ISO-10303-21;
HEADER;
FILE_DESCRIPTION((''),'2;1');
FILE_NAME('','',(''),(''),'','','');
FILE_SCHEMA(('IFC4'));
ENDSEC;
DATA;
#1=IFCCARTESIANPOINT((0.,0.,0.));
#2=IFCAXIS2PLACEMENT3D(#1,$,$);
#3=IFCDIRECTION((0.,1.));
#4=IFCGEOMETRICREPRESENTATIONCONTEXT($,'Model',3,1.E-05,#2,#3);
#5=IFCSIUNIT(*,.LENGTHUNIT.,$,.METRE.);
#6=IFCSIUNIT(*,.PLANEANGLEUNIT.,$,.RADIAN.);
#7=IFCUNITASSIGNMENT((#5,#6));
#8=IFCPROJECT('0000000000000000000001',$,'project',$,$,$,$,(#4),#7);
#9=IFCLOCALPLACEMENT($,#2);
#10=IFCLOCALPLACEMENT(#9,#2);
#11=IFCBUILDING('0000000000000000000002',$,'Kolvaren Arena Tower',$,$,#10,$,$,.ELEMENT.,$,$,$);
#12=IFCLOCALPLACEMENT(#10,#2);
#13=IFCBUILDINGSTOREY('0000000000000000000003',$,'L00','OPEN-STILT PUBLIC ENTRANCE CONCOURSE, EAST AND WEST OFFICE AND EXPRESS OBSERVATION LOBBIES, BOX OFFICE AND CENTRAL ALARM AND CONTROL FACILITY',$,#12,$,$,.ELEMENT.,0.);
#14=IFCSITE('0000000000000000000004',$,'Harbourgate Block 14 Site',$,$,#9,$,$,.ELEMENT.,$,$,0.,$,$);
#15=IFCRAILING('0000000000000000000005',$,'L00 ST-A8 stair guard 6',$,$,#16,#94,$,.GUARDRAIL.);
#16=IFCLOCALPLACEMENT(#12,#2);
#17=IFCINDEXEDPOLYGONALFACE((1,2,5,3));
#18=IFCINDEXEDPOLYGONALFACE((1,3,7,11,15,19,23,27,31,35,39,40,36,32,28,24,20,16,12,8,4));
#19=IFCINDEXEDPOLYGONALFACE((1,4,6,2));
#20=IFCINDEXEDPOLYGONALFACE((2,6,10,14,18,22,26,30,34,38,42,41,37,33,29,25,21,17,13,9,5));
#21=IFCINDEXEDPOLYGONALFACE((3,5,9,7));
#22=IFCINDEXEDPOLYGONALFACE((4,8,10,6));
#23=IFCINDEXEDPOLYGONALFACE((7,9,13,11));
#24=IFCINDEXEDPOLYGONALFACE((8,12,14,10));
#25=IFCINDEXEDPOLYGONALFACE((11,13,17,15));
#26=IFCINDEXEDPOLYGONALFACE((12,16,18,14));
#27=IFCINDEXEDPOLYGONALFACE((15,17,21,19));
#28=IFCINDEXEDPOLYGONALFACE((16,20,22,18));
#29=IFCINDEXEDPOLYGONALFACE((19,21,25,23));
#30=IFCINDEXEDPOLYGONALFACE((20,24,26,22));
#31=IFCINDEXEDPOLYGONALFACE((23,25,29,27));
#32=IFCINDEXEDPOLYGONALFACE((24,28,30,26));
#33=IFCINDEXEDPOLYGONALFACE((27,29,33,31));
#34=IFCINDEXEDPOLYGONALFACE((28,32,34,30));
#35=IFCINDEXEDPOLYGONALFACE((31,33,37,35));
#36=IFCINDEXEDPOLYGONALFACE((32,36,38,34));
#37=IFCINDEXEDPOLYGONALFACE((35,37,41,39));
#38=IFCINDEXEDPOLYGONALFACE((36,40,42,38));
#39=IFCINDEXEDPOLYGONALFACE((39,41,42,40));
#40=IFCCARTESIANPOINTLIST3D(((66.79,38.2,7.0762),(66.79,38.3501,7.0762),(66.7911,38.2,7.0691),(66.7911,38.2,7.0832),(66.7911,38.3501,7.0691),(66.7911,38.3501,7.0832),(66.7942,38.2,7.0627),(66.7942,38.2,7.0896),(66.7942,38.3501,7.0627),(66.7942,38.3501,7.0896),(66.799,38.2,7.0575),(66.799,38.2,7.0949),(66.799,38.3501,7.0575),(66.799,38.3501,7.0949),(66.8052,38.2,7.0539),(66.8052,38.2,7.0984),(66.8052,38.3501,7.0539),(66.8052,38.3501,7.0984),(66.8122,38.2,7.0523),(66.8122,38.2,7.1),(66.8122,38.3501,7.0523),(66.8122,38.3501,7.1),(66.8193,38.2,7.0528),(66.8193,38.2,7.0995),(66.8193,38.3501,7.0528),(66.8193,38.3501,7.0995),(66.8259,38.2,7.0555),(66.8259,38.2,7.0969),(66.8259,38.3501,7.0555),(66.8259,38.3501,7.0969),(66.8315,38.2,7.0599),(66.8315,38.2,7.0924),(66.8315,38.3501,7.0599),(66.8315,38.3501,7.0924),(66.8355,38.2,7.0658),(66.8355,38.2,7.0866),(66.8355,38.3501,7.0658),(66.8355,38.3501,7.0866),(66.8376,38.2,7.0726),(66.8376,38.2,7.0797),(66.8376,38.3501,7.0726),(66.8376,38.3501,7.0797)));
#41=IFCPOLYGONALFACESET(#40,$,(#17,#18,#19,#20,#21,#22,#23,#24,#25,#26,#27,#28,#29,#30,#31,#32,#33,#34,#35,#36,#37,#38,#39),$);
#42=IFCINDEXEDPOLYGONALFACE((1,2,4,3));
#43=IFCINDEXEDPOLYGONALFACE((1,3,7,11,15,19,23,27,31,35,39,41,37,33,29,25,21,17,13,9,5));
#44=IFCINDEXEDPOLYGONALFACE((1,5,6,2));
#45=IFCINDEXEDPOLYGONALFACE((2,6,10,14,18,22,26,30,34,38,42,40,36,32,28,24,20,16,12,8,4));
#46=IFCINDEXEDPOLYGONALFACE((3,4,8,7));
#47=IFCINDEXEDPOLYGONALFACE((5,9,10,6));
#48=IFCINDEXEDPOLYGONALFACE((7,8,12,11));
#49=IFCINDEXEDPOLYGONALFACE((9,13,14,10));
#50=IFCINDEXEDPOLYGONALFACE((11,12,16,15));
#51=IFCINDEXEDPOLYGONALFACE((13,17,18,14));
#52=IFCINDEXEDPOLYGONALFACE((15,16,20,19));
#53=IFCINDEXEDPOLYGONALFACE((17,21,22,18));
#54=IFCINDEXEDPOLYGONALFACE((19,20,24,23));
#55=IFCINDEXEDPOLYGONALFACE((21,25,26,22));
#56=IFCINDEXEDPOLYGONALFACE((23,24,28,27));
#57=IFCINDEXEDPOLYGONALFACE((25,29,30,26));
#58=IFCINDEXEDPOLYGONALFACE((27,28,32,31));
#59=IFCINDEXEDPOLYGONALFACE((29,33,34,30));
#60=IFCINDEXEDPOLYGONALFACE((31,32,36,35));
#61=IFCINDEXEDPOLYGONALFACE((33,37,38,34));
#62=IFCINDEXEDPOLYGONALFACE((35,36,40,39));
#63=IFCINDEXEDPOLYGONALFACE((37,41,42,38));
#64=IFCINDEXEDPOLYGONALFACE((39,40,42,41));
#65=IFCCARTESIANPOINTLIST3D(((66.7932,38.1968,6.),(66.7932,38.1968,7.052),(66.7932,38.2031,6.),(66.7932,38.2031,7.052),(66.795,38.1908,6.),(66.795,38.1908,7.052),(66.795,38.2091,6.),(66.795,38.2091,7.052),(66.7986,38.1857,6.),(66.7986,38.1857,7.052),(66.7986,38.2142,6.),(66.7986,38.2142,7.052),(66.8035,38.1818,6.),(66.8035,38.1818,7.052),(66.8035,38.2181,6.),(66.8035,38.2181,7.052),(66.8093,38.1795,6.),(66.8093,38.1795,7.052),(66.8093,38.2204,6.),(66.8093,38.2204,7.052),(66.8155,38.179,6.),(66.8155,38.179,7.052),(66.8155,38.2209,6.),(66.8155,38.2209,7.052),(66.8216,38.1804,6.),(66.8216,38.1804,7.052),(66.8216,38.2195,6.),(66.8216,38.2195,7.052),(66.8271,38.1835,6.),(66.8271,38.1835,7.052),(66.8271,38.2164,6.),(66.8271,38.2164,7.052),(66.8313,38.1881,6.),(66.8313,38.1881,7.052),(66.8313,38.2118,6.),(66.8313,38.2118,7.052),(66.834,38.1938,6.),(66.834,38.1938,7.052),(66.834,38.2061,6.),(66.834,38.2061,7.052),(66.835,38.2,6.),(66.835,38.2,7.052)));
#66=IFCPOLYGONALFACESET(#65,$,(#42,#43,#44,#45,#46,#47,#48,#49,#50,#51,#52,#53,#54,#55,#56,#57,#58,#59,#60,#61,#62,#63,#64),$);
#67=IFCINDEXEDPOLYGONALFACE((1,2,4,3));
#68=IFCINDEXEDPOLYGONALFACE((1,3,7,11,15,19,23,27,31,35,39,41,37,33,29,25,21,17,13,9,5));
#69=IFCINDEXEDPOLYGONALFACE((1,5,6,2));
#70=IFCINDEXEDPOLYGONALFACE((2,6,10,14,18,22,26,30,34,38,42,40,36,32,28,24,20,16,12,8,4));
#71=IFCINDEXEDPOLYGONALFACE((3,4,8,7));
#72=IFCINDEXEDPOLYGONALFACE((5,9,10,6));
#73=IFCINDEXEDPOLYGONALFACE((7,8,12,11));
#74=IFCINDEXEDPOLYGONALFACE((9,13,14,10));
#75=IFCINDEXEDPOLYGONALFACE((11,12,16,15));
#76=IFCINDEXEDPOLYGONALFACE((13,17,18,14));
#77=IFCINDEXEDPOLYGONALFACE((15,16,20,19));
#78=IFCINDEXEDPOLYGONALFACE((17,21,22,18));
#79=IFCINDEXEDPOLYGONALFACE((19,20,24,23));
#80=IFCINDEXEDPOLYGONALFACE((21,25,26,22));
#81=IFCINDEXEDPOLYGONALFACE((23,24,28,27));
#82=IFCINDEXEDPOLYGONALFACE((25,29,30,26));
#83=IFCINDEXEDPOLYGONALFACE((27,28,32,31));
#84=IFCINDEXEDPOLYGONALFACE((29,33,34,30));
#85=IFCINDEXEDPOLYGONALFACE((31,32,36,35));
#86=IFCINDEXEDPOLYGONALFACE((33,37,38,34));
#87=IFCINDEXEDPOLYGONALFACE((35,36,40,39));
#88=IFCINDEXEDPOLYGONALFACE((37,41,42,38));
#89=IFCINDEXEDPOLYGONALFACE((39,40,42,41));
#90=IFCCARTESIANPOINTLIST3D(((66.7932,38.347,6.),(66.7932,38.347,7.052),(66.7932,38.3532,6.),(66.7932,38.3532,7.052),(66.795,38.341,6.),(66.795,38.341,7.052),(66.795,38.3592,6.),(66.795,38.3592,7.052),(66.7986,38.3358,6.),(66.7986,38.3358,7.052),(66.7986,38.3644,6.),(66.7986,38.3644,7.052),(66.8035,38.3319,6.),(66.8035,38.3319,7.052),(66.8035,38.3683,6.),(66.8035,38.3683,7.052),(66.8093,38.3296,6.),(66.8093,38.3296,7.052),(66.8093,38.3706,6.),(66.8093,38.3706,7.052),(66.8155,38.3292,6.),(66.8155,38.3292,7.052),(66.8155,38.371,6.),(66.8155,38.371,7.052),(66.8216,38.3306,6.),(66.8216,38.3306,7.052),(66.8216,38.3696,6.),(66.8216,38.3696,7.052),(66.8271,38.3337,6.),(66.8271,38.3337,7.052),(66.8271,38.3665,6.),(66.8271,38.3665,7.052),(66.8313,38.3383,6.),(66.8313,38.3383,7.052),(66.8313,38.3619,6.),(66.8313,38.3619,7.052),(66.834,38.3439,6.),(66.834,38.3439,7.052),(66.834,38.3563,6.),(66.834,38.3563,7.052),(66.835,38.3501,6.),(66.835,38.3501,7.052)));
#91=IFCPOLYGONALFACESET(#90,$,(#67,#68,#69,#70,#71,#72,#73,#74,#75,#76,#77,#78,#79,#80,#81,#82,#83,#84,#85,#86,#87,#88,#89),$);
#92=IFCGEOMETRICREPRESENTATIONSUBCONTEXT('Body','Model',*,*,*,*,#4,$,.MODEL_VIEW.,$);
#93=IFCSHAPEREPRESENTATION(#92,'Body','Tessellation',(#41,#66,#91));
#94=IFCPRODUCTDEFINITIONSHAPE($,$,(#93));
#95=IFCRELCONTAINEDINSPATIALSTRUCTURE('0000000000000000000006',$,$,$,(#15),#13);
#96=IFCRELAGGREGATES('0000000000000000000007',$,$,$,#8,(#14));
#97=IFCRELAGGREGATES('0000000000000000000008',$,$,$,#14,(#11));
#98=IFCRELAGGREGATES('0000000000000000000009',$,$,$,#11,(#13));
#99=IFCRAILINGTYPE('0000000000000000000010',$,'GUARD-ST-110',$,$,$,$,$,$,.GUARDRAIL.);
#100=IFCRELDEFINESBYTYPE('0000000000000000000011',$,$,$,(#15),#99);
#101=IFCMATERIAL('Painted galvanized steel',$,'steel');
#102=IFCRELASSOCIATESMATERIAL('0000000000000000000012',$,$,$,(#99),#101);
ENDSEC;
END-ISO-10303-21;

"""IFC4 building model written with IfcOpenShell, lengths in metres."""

from ifc_helpers import new_model, si_unit, direction, frame, origin, origin_2d, place, context, subcontext, project, spatial, circle, extrude, material, type_object, element, save


model = new_model("IFC4")

# Units and contexts
model_context = context("Model", 3, precision=1e-05, world=origin(), true_north=direction((0.0, 1.0)))
body_context = subcontext(model_context, "Body", "Model", "MODEL_VIEW")
ifc_project = project(units=[si_unit("LENGTHUNIT", "METRE"), si_unit("PLANEANGLEUNIT", "RADIAN")], contexts=[model_context])

# Site, building, storey
site_placement = place(None, origin())
site = spatial("IfcSite", under=ifc_project, at=site_placement, Name="Harbourgate Block 14 Site", CompositionType="ELEMENT", RefElevation=0.0)
building_placement = place(site_placement, origin())
building = spatial("IfcBuilding", under=site, at=building_placement, Name="Kolvaren Arena Tower", CompositionType="ELEMENT")
storey_placement = place(building_placement, origin())
storey = spatial("IfcBuildingStorey", under=building, at=storey_placement, Name="L00", Description="OPEN-STILT PUBLIC ENTRANCE CONCOURSE, EAST AND WEST OFFICE AND EXPRESS OBSERVATION LOBBIES, BOX OFFICE AND CENTRAL ALARM AND CONTROL FACILITY", CompositionType="ELEMENT", Elevation=0.0)

# Railing
ifc_material_1 = material(Name="Painted galvanized steel", Category="steel")
railing_type_1 = type_object("IfcRailingType", Name="GUARD-ST-110", PredefinedType="GUARDRAIL", material=ifc_material_1)
railing_1_placement = place(storey_placement, frame((66.814, 38.2, 6.0)))
element("IfcRailing", 1, at=railing_1_placement, inside=storey, type_object=railing_type_1, Name="L00 ST-A8 stair guard 6", PredefinedType="GUARDRAIL", context=body_context, shape_type="SweptSolid", body=[
    extrude(circle(Radius=0.0239, at=origin_2d()), frame((0.0, 0.0, 1.0762), z_axis=(0.0, 1.0, 0.0), x_axis=(-1.0, 0.0, 0.0)), (0.0, 0.0, 1.0), 0.1501),
    extrude(circle(Radius=0.021, at=origin_2d()), origin(), (0.0, 0.0, 1.0), 1.052),
    extrude(circle(Radius=0.021, at=origin_2d()), frame((0.0, 0.1501, 0.0)), (0.0, 0.0, 1.0), 1.052),
])

save(model, "model.ifc")
